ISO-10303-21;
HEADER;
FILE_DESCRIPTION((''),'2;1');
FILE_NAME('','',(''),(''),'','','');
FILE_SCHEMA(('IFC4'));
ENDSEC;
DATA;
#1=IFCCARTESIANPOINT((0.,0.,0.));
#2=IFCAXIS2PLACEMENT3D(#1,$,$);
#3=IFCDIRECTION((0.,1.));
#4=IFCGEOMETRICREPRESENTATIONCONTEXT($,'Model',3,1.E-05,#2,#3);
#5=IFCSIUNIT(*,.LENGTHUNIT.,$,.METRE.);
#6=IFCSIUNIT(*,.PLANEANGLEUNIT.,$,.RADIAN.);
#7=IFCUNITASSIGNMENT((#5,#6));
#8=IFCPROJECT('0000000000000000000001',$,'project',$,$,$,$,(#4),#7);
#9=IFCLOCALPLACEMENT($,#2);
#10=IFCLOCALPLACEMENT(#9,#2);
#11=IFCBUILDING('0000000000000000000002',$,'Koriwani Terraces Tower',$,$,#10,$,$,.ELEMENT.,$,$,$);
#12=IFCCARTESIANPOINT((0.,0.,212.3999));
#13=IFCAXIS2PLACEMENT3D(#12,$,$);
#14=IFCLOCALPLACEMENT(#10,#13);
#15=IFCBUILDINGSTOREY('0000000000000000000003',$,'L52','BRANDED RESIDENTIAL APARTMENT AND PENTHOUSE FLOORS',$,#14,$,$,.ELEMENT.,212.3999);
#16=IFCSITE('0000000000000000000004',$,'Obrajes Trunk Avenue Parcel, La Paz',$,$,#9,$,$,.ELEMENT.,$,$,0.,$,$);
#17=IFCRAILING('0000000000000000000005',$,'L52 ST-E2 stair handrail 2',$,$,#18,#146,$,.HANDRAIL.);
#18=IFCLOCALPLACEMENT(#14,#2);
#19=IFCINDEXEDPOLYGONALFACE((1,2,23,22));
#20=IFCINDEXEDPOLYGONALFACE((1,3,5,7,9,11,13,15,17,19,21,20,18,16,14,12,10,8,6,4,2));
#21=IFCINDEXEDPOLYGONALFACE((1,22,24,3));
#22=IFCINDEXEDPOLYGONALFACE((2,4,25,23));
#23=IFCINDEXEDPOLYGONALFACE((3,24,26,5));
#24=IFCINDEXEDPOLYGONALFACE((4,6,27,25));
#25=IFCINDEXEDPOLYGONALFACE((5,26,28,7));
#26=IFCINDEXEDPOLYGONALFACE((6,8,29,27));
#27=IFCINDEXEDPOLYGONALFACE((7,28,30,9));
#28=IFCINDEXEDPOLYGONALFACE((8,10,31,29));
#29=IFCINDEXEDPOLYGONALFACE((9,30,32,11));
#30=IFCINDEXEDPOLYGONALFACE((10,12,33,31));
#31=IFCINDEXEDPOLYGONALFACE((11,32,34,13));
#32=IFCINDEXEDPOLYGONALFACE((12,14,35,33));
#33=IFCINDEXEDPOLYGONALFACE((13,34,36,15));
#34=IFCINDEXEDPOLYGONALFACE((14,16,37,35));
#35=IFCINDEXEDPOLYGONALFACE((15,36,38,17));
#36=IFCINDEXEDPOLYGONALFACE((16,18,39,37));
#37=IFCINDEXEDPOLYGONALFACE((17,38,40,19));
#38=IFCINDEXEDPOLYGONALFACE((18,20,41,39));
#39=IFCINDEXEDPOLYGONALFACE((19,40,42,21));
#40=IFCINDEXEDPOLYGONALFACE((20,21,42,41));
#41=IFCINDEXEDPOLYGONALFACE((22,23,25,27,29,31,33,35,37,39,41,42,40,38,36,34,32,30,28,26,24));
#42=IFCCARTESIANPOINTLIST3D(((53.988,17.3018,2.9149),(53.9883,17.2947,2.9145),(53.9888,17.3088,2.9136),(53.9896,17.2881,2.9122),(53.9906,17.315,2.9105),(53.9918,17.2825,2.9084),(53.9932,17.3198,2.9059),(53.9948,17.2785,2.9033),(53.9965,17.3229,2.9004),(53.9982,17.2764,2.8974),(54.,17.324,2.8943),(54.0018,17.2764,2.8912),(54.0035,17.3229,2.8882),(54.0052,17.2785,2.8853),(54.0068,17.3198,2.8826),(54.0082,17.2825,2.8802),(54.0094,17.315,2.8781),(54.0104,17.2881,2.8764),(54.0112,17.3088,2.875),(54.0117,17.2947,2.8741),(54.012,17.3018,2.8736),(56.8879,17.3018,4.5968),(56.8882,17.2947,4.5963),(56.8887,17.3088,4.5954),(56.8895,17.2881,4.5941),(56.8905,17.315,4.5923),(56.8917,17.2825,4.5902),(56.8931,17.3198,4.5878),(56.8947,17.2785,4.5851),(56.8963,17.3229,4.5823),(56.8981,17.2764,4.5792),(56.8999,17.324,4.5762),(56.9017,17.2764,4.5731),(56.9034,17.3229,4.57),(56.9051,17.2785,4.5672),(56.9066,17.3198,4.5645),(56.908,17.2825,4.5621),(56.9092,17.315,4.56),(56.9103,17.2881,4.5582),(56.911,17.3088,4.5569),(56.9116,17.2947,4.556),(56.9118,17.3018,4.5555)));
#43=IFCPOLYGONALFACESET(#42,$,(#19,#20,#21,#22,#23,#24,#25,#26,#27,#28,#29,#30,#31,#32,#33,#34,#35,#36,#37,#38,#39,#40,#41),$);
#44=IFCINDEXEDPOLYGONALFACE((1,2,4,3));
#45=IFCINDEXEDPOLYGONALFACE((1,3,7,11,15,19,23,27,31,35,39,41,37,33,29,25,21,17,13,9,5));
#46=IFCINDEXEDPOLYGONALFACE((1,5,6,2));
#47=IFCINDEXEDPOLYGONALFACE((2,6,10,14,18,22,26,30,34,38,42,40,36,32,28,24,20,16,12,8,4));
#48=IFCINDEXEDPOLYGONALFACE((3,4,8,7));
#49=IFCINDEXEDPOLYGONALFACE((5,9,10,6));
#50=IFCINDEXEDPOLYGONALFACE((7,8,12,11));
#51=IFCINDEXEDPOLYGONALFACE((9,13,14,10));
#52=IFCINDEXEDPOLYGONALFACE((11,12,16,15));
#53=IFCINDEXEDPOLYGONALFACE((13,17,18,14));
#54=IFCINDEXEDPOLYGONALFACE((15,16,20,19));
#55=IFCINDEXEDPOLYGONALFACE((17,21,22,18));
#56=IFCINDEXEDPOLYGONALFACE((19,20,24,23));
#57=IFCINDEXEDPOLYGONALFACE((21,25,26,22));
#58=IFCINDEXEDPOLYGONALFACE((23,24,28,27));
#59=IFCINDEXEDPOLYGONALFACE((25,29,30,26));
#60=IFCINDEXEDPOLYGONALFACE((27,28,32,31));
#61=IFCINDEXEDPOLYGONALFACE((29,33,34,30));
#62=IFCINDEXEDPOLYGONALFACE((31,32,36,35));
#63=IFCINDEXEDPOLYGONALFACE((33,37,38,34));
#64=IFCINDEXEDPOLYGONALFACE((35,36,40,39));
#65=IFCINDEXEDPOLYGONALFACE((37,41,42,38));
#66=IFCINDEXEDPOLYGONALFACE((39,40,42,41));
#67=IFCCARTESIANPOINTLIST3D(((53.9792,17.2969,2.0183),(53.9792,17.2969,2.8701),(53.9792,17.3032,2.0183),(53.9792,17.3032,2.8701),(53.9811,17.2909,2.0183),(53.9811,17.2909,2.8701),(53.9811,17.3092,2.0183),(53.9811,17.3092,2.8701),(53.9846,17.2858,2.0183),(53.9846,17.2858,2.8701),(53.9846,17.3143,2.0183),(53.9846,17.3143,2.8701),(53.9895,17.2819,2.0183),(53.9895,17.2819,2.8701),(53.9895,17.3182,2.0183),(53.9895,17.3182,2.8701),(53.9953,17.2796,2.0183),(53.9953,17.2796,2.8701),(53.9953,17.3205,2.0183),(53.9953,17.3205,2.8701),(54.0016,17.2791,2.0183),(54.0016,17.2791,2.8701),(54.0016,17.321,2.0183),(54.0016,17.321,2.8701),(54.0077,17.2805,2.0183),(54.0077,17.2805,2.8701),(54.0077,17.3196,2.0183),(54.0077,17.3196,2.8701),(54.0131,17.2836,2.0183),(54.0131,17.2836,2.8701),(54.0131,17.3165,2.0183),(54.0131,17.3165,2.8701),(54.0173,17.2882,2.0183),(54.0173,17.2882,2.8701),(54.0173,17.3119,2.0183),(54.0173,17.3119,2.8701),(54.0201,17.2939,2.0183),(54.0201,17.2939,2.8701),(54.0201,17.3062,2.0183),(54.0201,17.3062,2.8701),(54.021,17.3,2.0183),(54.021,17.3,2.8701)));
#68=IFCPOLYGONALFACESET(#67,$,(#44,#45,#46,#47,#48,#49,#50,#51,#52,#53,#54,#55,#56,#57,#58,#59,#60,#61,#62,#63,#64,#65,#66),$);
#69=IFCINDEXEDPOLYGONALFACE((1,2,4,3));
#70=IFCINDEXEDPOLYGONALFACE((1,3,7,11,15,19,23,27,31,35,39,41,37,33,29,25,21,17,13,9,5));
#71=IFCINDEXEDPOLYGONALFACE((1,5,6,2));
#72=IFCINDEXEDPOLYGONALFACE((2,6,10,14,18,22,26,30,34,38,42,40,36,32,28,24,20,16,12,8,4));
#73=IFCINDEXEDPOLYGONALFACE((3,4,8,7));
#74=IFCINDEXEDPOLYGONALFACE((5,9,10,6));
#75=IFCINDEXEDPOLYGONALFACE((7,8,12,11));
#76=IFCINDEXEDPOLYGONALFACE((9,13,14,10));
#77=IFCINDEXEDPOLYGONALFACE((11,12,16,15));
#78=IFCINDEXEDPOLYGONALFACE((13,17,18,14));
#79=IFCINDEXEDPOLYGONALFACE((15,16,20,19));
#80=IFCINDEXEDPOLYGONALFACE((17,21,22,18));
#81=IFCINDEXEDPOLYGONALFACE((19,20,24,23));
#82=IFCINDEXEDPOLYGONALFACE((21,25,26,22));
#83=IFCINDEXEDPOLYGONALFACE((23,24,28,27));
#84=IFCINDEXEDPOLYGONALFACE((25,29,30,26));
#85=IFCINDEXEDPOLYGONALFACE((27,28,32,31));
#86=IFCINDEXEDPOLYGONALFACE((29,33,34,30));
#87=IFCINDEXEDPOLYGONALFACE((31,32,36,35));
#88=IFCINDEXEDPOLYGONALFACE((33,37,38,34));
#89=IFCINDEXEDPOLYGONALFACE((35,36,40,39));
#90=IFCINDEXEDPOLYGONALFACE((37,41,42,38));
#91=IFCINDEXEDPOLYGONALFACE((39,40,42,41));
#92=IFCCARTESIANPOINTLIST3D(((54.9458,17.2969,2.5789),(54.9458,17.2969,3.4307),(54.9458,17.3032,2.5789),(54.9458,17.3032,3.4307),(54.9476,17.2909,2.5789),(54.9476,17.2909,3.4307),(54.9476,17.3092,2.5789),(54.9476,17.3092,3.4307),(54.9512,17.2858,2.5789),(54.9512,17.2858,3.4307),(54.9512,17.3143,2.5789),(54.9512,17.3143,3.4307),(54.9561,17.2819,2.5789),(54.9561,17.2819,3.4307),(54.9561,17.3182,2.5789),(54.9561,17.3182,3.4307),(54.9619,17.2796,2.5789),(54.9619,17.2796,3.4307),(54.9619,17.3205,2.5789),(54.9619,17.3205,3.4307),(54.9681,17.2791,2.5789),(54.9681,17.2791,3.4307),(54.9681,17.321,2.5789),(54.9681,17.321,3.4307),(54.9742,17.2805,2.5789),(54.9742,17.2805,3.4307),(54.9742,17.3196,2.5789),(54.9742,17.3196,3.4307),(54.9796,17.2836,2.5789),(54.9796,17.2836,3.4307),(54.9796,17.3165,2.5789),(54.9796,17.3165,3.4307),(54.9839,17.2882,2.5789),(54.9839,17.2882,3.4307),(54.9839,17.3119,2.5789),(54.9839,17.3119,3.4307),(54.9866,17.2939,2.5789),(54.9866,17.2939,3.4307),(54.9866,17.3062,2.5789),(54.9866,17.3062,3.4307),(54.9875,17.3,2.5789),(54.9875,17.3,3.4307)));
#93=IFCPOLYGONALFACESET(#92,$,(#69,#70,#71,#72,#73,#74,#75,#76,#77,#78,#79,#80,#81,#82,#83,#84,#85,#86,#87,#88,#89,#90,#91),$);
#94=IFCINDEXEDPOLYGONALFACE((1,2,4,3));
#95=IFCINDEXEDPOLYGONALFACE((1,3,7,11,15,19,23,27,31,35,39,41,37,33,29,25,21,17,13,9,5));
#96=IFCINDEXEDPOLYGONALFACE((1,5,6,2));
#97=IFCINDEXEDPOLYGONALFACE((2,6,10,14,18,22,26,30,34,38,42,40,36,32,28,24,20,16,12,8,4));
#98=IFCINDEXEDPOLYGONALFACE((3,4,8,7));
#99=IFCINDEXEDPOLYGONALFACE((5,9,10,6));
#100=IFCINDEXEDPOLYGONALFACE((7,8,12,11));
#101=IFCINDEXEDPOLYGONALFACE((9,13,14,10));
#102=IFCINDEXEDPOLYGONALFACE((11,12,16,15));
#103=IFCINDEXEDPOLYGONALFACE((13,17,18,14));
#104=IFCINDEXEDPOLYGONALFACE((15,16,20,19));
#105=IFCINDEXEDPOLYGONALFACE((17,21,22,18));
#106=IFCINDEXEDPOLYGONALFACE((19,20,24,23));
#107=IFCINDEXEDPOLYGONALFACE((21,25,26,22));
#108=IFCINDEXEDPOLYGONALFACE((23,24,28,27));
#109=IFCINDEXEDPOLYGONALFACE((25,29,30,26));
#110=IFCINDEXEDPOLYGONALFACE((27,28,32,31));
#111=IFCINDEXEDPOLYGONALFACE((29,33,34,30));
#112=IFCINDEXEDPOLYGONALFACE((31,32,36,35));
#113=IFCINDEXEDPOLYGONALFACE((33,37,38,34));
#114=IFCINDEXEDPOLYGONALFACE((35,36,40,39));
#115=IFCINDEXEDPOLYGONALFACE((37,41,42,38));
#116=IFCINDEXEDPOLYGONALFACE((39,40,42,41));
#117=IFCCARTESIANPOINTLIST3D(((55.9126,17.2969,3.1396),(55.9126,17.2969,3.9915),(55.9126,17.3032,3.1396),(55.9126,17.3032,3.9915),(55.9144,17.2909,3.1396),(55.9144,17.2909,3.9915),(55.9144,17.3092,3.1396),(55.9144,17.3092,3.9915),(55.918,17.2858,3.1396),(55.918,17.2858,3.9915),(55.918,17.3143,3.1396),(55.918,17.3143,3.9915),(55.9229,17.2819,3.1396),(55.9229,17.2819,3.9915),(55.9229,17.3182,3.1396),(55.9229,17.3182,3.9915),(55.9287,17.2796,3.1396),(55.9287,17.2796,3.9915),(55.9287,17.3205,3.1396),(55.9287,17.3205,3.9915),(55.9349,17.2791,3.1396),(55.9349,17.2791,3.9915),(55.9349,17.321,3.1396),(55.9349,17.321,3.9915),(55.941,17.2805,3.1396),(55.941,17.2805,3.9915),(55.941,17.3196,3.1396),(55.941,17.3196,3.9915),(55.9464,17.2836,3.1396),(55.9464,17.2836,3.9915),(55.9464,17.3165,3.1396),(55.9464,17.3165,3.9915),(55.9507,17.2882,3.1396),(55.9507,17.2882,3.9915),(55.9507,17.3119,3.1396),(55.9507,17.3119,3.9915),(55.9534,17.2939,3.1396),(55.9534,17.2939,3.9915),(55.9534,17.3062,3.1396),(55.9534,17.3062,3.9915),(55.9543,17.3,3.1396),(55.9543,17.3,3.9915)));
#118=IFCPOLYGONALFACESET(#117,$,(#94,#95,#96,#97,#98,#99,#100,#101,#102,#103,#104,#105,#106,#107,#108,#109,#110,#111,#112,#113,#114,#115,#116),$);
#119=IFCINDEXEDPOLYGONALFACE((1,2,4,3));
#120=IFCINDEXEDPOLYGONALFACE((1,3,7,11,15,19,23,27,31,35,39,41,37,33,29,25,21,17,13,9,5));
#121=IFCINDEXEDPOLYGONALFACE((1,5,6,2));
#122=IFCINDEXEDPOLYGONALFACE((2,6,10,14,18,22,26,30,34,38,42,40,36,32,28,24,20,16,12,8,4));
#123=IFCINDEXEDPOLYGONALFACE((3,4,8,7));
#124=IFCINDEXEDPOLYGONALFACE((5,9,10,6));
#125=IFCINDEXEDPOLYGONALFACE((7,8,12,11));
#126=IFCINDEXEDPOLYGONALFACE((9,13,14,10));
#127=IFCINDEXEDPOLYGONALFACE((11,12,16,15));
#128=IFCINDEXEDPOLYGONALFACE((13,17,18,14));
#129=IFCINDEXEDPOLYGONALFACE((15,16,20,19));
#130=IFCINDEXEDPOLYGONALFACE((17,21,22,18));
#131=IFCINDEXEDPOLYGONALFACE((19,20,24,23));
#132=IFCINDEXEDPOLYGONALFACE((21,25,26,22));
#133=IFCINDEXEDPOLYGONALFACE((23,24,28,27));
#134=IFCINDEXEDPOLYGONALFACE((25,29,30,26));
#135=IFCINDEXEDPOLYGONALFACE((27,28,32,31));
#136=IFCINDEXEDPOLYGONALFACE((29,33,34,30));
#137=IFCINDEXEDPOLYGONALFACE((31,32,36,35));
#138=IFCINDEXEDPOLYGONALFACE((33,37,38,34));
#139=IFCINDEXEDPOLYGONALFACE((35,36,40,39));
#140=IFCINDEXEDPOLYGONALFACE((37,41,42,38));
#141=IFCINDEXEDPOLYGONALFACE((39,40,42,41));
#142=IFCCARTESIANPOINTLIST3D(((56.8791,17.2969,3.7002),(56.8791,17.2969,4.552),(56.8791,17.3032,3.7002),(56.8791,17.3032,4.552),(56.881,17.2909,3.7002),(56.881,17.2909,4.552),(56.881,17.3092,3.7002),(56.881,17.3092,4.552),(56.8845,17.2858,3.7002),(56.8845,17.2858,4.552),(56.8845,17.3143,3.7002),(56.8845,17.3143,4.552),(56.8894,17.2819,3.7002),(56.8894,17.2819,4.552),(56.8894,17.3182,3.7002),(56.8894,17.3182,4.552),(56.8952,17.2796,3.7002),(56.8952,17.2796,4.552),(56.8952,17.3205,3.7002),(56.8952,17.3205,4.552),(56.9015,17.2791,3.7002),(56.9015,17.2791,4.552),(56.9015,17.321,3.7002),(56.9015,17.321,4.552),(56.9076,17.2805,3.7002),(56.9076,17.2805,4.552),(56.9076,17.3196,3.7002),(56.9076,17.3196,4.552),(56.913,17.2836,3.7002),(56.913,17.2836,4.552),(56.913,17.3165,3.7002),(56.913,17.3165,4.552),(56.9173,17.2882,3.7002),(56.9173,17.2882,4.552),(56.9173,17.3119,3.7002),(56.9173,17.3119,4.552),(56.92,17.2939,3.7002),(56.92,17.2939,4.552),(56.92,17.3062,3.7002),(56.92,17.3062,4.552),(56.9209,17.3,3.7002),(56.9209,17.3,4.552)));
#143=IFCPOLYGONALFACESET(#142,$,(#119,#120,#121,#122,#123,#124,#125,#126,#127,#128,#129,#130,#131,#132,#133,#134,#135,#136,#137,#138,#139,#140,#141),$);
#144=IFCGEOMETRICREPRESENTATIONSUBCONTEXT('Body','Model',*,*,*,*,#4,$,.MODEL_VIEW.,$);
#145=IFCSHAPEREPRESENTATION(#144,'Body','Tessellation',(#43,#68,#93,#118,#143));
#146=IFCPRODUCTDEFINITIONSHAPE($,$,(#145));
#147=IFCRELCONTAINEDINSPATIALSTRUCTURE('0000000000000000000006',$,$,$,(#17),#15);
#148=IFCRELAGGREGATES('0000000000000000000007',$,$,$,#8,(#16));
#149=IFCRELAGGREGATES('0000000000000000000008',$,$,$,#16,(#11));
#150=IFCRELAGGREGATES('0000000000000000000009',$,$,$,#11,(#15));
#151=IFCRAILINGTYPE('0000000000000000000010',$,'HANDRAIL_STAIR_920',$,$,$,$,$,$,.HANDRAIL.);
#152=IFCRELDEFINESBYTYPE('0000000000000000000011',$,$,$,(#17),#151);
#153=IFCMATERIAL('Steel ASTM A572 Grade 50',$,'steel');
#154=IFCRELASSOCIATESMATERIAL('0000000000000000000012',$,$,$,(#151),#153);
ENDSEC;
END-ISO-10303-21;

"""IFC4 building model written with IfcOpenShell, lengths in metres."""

from ifc_helpers import new_model, si_unit, direction, frame, origin, origin_2d, place, context, subcontext, project, spatial, circle, extrude, material, type_object, element, save


model = new_model("IFC4")

# Units and contexts
model_context = context("Model", 3, precision=1e-05, world=origin(), true_north=direction((0.0, 1.0)))
body_context = subcontext(model_context, "Body", "Model", "MODEL_VIEW")
ifc_project = project(units=[si_unit("LENGTHUNIT", "METRE"), si_unit("PLANEANGLEUNIT", "RADIAN")], contexts=[model_context])

# Site, building, storey
site_placement = place(None, origin())
site = spatial("IfcSite", under=ifc_project, at=site_placement, Name="Obrajes Trunk Avenue Parcel, La Paz", CompositionType="ELEMENT", RefElevation=0.0)
building_placement = place(site_placement, origin())
building = spatial("IfcBuilding", under=site, at=building_placement, Name="Koriwani Terraces Tower", CompositionType="ELEMENT")
storey_placement = place(building_placement, frame((0.0, 0.0, 212.3999)))
storey = spatial("IfcBuildingStorey", under=building, at=storey_placement, Name="L52", Description="BRANDED RESIDENTIAL APARTMENT AND PENTHOUSE FLOORS", CompositionType="ELEMENT", Elevation=212.3999)

# Shared definitions
ifc_material_1 = material(Name="Steel ASTM A572 Grade 50", Category="steel")

# Railing
railing_type = type_object("IfcRailingType", Name="HANDRAIL_STAIR_920", PredefinedType="HANDRAIL", material=ifc_material_1)
railing_placement = place(storey_placement, frame((54.0, 17.3, 2.0183)))
element("IfcRailing", 1, at=railing_placement, inside=storey, type_object=railing_type, Name="L52 ST-E2 stair handrail 2", PredefinedType="HANDRAIL", context=body_context, shape_type="SweptSolid", body=[
    extrude(circle(Radius=0.0239, at=origin_2d()), frame((0.0, 0.0, 0.876), z_axis=(0.865039, 0.0, 0.501705), x_axis=(0.0, 1.0, 0.0)), (0.0, 0.0, 1.0), 3.3523),
    extrude(circle(Radius=0.021, at=origin_2d()), origin(), (0.0, 0.0, 1.0), 0.8518),
    extrude(circle(Radius=0.021, at=origin_2d()), frame((0.9666, 0.0, 0.5605)), (0.0, 0.0, 1.0), 0.8518),
    extrude(circle(Radius=0.021, at=origin_2d()), frame((1.9333, 0.0, 1.1213)), (0.0, 0.0, 1.0), 0.8518),
    extrude(circle(Radius=0.021, at=origin_2d()), frame((2.8999, 0.0, 1.6819)), (0.0, 0.0, 1.0), 0.8518),
])

save(model, "model.ifc")
